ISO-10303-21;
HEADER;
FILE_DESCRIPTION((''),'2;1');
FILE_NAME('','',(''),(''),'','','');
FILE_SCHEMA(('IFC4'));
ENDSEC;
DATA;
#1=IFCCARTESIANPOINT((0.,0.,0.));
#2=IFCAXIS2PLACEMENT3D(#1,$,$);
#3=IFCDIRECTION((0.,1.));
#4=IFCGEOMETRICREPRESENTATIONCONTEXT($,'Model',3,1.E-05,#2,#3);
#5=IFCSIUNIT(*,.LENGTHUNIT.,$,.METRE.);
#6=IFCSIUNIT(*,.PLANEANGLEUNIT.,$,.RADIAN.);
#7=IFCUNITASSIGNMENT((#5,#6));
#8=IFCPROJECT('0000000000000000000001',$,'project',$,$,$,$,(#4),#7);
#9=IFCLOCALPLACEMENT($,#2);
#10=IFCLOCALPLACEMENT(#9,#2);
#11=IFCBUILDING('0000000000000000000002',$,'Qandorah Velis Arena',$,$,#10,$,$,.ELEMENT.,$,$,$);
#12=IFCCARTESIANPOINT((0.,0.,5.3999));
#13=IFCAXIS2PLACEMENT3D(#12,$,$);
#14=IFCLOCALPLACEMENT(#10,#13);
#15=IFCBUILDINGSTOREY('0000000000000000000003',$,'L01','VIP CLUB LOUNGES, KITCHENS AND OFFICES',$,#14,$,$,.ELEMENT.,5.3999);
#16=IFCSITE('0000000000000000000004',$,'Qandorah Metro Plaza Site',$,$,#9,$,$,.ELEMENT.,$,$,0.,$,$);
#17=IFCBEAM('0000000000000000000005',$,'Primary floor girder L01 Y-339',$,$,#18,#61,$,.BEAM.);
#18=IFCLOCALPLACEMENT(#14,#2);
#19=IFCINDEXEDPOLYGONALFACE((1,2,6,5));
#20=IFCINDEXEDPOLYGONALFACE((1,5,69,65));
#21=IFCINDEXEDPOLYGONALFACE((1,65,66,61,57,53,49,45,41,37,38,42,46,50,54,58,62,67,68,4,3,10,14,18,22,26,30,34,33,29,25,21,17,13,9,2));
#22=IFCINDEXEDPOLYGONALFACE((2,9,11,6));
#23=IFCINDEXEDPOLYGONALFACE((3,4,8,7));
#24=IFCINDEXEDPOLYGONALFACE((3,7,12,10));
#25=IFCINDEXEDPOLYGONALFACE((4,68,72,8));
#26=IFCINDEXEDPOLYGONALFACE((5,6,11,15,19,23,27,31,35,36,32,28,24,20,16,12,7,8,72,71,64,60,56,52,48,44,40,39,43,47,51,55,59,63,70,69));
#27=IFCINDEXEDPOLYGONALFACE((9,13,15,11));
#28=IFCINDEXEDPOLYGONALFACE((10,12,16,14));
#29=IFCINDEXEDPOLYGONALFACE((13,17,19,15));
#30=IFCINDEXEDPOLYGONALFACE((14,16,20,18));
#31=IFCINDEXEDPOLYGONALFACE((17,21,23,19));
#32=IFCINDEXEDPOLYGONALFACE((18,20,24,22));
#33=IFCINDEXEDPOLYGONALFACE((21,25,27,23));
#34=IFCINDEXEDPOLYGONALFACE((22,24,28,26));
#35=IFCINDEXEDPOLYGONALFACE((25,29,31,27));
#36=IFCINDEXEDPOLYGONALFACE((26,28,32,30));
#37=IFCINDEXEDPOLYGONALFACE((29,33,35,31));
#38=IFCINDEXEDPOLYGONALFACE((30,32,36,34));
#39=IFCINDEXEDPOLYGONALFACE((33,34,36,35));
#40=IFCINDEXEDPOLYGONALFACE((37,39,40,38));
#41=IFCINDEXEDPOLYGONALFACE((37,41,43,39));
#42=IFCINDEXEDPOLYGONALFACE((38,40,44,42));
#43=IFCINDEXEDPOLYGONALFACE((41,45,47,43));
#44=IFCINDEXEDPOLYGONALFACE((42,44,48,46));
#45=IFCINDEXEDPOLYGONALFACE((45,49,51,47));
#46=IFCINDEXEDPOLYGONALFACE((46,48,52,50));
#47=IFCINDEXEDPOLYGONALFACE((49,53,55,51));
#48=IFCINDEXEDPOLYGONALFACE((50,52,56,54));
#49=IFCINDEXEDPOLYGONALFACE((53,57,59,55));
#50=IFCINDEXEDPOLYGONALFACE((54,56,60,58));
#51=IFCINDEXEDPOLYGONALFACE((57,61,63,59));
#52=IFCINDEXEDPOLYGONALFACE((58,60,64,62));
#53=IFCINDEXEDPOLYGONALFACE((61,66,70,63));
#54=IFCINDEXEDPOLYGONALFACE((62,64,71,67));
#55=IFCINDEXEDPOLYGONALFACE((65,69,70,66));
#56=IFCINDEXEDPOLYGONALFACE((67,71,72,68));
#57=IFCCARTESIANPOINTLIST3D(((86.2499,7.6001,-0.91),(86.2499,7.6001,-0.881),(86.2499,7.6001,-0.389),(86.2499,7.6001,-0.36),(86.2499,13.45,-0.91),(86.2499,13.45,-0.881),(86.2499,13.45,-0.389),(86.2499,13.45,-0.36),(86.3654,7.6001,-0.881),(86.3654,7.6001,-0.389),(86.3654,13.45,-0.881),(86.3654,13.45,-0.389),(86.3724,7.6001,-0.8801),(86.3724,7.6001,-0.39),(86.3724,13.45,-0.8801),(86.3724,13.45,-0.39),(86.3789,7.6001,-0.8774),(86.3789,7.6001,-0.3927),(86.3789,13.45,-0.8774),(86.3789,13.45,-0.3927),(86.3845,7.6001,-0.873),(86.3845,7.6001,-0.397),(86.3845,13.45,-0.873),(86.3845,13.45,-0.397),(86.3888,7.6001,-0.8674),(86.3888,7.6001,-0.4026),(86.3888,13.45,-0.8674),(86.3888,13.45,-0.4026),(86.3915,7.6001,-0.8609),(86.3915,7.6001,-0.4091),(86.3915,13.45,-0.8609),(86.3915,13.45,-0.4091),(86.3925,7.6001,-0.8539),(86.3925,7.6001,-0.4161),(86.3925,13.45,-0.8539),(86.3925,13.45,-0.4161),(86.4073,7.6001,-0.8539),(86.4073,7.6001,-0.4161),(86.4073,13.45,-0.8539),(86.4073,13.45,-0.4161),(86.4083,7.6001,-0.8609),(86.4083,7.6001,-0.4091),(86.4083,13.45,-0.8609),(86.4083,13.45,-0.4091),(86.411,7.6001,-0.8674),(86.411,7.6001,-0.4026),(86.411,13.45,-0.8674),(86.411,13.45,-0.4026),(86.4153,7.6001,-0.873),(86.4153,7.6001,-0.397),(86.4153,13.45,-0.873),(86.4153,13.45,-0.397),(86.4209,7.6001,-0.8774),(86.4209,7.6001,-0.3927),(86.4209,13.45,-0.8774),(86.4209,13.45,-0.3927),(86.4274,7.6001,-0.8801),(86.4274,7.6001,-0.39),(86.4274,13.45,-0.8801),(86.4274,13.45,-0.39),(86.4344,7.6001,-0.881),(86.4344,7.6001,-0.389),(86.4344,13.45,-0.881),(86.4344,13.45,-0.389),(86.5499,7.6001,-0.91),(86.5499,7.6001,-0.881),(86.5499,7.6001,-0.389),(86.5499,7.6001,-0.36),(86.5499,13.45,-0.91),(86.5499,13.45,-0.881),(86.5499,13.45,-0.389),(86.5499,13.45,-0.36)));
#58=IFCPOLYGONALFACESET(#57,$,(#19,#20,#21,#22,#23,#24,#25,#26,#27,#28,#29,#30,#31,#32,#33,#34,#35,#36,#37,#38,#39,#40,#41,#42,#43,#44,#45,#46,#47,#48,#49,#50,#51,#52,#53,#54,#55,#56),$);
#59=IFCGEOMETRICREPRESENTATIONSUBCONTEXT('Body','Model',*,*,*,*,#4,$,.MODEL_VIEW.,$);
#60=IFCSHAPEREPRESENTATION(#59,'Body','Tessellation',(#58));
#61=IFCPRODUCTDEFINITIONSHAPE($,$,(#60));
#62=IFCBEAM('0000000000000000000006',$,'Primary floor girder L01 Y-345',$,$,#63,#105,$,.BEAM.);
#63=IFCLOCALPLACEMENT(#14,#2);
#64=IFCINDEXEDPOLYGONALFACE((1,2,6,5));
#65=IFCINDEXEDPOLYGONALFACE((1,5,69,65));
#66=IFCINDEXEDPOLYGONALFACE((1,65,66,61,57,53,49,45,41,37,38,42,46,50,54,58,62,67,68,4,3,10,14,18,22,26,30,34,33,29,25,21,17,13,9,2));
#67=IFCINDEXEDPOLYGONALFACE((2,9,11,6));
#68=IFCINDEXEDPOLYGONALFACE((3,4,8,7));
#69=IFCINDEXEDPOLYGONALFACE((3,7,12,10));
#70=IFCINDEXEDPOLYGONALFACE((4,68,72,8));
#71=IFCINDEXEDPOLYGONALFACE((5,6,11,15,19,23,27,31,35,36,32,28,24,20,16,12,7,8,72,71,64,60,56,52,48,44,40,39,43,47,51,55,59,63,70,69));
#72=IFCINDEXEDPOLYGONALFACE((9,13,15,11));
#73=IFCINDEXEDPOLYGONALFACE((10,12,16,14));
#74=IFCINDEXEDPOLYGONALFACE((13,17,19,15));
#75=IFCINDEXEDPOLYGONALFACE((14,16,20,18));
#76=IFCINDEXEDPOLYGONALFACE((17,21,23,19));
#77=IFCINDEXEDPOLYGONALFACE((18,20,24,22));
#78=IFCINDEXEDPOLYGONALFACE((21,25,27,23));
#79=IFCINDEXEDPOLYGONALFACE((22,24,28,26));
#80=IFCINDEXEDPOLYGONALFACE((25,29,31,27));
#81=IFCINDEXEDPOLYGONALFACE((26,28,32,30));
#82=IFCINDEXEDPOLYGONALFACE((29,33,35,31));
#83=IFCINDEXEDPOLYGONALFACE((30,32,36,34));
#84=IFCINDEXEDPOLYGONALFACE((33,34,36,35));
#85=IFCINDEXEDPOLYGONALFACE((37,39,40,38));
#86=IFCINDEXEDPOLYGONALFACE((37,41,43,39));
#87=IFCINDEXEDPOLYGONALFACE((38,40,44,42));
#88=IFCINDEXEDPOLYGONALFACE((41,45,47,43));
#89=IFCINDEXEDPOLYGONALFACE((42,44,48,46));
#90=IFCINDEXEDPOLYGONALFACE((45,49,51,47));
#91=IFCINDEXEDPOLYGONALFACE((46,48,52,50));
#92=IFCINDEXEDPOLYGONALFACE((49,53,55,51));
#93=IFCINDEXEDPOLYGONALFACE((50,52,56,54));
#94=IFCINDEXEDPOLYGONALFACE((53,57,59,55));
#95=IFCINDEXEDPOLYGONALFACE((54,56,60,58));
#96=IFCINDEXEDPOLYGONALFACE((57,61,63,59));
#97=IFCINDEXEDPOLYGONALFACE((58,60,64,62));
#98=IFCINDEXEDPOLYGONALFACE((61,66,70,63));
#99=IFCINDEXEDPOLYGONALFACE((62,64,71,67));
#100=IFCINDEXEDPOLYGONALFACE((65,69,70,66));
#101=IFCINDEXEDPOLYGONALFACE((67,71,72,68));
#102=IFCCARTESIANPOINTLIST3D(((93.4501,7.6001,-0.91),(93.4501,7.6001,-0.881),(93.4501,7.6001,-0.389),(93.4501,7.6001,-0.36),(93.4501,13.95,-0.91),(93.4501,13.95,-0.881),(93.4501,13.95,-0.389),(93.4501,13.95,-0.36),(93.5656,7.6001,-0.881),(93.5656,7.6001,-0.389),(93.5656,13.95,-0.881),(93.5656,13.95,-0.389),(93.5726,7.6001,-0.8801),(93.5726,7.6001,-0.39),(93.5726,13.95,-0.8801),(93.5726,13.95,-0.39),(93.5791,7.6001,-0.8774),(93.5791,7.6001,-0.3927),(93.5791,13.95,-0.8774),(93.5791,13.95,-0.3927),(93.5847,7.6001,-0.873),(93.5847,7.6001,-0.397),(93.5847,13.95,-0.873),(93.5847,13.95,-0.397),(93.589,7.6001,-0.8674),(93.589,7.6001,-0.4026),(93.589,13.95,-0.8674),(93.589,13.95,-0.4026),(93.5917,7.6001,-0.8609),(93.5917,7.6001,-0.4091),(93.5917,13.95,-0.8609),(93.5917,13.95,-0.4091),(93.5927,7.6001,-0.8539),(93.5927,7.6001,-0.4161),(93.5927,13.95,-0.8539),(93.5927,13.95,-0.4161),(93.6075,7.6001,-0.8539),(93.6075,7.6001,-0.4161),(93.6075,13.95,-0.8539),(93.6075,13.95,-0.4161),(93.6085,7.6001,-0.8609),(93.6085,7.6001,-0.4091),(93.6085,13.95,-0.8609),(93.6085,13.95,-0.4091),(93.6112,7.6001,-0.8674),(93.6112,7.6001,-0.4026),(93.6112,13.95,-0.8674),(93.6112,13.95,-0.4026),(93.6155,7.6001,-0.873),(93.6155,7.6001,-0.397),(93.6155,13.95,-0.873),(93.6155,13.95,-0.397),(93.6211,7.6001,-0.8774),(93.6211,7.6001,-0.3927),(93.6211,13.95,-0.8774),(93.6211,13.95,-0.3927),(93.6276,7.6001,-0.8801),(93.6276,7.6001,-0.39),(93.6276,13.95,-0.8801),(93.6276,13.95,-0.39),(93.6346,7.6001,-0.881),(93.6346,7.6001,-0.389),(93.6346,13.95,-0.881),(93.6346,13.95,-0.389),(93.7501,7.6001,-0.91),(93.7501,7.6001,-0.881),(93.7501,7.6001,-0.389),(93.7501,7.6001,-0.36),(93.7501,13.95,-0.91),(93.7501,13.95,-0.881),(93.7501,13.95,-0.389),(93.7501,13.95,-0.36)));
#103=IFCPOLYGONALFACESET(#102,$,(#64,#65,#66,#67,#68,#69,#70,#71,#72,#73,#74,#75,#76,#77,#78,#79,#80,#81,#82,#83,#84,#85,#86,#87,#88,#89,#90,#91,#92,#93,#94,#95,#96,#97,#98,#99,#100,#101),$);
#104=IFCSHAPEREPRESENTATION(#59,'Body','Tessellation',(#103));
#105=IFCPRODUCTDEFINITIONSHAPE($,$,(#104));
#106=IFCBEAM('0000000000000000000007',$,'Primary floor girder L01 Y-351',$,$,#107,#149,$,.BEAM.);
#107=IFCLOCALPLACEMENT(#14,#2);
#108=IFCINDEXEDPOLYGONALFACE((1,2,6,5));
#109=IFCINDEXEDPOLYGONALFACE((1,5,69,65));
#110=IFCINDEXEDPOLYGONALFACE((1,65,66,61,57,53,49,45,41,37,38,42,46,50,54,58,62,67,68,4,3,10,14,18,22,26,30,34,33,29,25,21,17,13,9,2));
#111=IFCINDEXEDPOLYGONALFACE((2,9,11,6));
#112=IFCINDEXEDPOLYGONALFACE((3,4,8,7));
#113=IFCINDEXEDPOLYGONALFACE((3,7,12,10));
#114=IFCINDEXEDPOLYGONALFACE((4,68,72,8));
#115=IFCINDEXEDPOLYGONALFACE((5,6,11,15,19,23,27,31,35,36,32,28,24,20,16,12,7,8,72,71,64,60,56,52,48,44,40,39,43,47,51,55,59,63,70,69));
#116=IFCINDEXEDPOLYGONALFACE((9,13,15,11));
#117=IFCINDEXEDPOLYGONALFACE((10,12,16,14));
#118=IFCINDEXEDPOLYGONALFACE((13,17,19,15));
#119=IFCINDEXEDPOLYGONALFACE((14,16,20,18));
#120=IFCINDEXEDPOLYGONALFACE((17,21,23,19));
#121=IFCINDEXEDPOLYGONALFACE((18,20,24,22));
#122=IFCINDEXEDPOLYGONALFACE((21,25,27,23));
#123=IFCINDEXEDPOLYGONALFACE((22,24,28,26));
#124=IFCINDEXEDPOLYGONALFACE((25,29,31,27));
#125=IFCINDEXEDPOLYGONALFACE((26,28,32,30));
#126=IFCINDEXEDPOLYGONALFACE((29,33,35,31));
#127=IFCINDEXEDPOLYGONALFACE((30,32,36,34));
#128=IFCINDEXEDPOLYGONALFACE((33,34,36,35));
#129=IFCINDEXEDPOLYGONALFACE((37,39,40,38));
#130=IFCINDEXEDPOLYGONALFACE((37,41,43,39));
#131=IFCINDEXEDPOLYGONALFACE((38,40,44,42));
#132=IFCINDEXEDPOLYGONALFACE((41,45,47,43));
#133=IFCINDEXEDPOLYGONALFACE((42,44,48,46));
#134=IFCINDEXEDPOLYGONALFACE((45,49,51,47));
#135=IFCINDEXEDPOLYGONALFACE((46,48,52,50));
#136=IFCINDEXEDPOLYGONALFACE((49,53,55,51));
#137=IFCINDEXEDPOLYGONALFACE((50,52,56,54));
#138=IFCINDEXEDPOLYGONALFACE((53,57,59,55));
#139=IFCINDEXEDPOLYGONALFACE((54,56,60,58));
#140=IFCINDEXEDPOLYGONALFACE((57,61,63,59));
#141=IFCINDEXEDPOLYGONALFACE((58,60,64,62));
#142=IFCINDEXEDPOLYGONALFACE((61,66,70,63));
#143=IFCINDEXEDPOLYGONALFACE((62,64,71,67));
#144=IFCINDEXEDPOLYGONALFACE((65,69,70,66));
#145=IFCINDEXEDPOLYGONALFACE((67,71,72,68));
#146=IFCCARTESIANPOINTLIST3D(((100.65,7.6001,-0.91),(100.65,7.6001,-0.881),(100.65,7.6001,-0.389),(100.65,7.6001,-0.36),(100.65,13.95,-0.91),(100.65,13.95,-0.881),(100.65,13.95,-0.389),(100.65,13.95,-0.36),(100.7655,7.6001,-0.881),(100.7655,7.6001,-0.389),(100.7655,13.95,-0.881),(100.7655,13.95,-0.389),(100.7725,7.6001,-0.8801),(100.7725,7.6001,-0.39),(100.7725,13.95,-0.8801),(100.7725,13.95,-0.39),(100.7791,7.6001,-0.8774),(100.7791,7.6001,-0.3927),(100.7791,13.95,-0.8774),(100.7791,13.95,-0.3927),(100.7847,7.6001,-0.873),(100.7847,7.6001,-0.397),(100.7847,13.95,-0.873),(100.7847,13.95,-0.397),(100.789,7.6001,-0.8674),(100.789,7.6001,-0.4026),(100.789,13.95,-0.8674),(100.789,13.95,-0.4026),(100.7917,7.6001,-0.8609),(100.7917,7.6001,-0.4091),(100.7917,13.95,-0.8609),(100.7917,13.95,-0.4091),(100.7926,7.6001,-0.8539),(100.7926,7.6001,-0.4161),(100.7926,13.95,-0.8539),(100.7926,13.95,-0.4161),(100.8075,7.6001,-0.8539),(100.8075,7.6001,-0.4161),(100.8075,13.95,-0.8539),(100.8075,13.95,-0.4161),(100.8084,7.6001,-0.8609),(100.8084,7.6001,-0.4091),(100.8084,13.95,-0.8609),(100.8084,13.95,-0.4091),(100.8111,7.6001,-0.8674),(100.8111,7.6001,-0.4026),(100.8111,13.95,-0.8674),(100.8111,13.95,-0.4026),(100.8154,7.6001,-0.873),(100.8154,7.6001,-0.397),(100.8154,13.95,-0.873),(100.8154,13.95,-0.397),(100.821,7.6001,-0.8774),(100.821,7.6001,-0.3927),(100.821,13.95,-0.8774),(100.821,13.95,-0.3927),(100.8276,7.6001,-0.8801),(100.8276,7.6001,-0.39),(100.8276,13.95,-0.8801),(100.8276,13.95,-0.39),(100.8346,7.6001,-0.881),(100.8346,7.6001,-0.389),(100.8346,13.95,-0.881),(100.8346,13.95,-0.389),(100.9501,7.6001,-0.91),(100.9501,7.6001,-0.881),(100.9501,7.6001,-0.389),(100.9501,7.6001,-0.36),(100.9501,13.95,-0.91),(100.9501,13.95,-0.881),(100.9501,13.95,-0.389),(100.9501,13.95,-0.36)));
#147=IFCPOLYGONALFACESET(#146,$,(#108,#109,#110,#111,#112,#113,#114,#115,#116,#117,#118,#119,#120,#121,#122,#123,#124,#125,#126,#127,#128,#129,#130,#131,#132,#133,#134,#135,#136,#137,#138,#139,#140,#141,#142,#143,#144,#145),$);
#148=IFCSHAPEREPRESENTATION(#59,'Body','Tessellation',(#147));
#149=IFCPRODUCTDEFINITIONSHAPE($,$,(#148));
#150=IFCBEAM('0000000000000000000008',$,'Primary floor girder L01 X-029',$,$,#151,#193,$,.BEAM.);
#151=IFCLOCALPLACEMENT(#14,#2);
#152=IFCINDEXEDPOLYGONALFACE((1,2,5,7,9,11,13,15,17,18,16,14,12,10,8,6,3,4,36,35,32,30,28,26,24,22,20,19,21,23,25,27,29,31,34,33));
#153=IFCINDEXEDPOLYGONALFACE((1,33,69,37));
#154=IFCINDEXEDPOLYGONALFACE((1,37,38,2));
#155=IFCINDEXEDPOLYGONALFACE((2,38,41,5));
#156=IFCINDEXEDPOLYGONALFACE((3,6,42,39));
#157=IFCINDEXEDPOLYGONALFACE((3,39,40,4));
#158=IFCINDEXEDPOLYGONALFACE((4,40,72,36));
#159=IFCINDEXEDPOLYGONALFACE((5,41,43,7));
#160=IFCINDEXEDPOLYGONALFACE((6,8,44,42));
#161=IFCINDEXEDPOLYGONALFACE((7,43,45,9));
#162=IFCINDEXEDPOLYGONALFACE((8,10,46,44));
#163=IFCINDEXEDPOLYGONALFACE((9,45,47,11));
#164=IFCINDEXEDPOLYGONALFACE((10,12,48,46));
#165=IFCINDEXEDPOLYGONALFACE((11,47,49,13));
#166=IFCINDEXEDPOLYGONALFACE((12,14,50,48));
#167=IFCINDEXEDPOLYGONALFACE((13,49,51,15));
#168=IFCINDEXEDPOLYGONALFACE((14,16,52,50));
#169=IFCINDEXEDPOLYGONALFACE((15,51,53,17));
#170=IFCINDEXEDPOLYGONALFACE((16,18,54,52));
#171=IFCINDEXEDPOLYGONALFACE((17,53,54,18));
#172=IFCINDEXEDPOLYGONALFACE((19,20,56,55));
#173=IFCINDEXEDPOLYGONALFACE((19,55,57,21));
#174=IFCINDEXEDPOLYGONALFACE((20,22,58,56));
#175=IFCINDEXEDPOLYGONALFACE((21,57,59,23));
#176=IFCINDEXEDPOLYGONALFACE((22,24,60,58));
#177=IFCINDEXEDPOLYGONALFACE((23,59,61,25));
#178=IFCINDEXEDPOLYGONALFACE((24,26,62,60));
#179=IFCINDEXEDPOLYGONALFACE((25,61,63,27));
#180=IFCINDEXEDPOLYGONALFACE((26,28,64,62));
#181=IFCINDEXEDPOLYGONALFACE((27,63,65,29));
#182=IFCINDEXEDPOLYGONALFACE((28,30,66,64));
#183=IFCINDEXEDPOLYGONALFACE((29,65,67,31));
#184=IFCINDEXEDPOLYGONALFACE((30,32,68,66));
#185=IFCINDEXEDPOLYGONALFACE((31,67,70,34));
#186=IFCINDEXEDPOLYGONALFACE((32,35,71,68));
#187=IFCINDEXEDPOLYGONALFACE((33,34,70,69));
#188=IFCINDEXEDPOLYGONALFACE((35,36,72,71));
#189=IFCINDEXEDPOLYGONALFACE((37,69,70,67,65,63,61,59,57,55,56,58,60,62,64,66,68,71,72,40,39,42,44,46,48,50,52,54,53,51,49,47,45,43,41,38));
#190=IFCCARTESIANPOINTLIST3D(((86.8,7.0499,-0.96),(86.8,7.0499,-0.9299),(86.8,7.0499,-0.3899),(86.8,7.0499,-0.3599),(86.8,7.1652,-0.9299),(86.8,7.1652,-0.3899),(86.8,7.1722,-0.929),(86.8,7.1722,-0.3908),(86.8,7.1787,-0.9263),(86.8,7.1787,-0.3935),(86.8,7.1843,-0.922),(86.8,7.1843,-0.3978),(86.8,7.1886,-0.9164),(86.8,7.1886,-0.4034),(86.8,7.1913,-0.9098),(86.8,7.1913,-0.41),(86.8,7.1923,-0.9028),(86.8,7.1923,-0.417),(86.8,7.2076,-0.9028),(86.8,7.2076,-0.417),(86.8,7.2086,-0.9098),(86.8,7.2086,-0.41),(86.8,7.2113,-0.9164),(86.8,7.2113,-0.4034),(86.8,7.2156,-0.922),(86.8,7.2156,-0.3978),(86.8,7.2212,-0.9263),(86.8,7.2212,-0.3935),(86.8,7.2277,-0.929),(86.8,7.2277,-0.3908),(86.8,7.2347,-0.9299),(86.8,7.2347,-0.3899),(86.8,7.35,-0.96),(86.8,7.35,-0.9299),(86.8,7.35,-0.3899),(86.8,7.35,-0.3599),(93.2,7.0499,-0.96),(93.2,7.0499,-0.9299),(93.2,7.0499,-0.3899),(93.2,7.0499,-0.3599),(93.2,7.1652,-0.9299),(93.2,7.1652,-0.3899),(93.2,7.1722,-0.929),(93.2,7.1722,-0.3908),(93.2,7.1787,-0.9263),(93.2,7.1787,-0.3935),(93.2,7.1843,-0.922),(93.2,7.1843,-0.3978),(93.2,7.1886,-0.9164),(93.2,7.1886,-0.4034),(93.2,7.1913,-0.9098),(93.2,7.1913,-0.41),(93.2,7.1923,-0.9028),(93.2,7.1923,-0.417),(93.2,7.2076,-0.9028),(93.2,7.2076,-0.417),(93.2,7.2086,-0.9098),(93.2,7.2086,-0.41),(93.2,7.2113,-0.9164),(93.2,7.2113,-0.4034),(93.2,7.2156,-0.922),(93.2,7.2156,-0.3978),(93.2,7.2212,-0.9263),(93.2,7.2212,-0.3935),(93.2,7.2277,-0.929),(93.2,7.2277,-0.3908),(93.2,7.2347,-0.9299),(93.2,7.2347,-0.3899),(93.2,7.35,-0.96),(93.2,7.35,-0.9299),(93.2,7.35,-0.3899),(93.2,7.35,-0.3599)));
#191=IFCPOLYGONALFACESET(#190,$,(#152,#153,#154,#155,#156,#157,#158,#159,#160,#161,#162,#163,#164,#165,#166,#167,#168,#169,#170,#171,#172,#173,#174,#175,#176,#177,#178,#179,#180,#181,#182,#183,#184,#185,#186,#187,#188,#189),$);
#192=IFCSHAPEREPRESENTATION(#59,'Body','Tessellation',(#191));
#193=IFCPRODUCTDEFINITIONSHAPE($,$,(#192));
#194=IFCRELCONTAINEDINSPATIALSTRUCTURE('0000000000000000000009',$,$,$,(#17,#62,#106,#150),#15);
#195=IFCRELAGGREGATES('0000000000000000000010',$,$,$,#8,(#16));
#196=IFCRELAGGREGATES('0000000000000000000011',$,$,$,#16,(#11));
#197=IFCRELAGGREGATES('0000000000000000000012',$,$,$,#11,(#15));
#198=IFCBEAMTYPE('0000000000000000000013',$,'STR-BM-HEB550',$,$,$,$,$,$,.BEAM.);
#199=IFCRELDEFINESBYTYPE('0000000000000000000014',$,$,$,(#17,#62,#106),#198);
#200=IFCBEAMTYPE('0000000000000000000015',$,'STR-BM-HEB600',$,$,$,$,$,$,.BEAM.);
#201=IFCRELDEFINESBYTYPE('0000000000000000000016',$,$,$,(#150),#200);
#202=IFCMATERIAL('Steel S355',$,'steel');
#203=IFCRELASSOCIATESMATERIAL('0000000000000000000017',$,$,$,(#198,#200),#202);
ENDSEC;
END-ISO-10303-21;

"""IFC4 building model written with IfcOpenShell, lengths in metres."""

from ifc_helpers import new_model, si_unit, direction, frame, origin, origin_2d, place, context, subcontext, project, spatial, i_section, extrude, material, material_profile, profile_set, type_object, element, save


model = new_model("IFC4")

# Units and contexts
model_context = context("Model", 3, precision=1e-05, world=origin(), true_north=direction((0.0, 1.0)))
body_context = subcontext(model_context, "Body", "Model", "MODEL_VIEW")
ifc_project = project(units=[si_unit("LENGTHUNIT", "METRE"), si_unit("PLANEANGLEUNIT", "RADIAN")], contexts=[model_context])

# Site, building, storey
site_placement = place(None, origin())
site = spatial("IfcSite", under=ifc_project, at=site_placement, Name="Qandorah Metro Plaza Site", CompositionType="ELEMENT", RefElevation=0.0)
building_placement = place(site_placement, origin())
building = spatial("IfcBuilding", under=site, at=building_placement, Name="Qandorah Velis Arena", CompositionType="ELEMENT")
storey_placement = place(building_placement, frame((0.0, 0.0, 5.3999)))
storey = spatial("IfcBuildingStorey", under=building, at=storey_placement, Name="L01", Description="VIP CLUB LOUNGES, KITCHENS AND OFFICES", CompositionType="ELEMENT", Elevation=5.3999)

# Beams
ifc_material_1 = material(Name="Steel S355", Category="steel")
ifc_material_profile_1 = material_profile(ifc_material_1, i_section(OverallWidth=0.3, OverallDepth=0.55, WebThickness=0.0149, FlangeThickness=0.0291, FilletRadius=0.0271, at=origin_2d()), Name="HEB 550")
ifc_profile_set_1 = profile_set([ifc_material_profile_1], Name="Steel S355")
beam_type_1 = type_object("IfcBeamType", Name="STR-BM-HEB550", PredefinedType="BEAM", material=ifc_profile_set_1)
beam_1_placement = place(storey_placement, frame((86.3999, 7.6001, -0.635), z_axis=(0.0, 1.0, 0.0), x_axis=(-1.0, 0.0, 0.0)))
element("IfcBeam", 1, at=beam_1_placement, inside=storey, type_object=beam_type_1, Name="Primary floor girder L01 Y-339", PredefinedType="BEAM", context=body_context, shape_type="SweptSolid", body=[
    extrude(i_section(OverallWidth=0.3, OverallDepth=0.55, WebThickness=0.0149, FlangeThickness=0.0291, FilletRadius=0.0271, at=origin_2d()), origin(), (0.0, 0.0, 1.0), 5.8499),
])
for number, where, z_axis, x_axis, name in (
    (2, (93.6001, 7.6001, -0.635), (0.0, 1.0, 0.0), (-1.0, 0.0, 0.0), "Primary floor girder L01 Y-345"),
    (3, (100.8, 7.6001, -0.635), (0.0, 1.0, 0.0), (-1.0, 0.0, 0.0), "Primary floor girder L01 Y-351"),
):
    element("IfcBeam", number, at=place(storey_placement, frame(where, z_axis=z_axis, x_axis=x_axis)), inside=storey, type_object=beam_type_1, Name=name, PredefinedType="BEAM", context=body_context, shape_type="SweptSolid", body=[
        extrude(i_section(OverallWidth=0.3, OverallDepth=0.55, WebThickness=0.0149, FlangeThickness=0.0291, FilletRadius=0.0271, at=origin_2d()), origin(), (0.0, 0.0, 1.0), 6.3499),
    ])
ifc_material_profile_2 = material_profile(ifc_material_1, i_section(OverallWidth=0.3, OverallDepth=0.6001, WebThickness=0.0154, FlangeThickness=0.03, FilletRadius=0.0271, at=origin_2d()), Name="HEB 600")
ifc_profile_set_2 = profile_set([ifc_material_profile_2], Name="Steel S355")
beam_type_2 = type_object("IfcBeamType", Name="STR-BM-HEB600", PredefinedType="BEAM", material=ifc_profile_set_2)
for number, where, z_axis, x_axis, name in (
    (4, (86.8, 7.2, -0.6599), (1.0, 0.0, 0.0), (0.0, 1.0, 0.0), "Primary floor girder L01 X-029"),
):
    element("IfcBeam", number, at=place(storey_placement, frame(where, z_axis=z_axis, x_axis=x_axis)), inside=storey, type_object=beam_type_2, Name=name, PredefinedType="BEAM", context=body_context, shape_type="SweptSolid", body=[
        extrude(i_section(OverallWidth=0.3, OverallDepth=0.6001, WebThickness=0.0154, FlangeThickness=0.03, FilletRadius=0.0271, at=origin_2d()), origin(), (0.0, 0.0, 1.0), 6.3999),
    ])

save(model, "model.ifc")
